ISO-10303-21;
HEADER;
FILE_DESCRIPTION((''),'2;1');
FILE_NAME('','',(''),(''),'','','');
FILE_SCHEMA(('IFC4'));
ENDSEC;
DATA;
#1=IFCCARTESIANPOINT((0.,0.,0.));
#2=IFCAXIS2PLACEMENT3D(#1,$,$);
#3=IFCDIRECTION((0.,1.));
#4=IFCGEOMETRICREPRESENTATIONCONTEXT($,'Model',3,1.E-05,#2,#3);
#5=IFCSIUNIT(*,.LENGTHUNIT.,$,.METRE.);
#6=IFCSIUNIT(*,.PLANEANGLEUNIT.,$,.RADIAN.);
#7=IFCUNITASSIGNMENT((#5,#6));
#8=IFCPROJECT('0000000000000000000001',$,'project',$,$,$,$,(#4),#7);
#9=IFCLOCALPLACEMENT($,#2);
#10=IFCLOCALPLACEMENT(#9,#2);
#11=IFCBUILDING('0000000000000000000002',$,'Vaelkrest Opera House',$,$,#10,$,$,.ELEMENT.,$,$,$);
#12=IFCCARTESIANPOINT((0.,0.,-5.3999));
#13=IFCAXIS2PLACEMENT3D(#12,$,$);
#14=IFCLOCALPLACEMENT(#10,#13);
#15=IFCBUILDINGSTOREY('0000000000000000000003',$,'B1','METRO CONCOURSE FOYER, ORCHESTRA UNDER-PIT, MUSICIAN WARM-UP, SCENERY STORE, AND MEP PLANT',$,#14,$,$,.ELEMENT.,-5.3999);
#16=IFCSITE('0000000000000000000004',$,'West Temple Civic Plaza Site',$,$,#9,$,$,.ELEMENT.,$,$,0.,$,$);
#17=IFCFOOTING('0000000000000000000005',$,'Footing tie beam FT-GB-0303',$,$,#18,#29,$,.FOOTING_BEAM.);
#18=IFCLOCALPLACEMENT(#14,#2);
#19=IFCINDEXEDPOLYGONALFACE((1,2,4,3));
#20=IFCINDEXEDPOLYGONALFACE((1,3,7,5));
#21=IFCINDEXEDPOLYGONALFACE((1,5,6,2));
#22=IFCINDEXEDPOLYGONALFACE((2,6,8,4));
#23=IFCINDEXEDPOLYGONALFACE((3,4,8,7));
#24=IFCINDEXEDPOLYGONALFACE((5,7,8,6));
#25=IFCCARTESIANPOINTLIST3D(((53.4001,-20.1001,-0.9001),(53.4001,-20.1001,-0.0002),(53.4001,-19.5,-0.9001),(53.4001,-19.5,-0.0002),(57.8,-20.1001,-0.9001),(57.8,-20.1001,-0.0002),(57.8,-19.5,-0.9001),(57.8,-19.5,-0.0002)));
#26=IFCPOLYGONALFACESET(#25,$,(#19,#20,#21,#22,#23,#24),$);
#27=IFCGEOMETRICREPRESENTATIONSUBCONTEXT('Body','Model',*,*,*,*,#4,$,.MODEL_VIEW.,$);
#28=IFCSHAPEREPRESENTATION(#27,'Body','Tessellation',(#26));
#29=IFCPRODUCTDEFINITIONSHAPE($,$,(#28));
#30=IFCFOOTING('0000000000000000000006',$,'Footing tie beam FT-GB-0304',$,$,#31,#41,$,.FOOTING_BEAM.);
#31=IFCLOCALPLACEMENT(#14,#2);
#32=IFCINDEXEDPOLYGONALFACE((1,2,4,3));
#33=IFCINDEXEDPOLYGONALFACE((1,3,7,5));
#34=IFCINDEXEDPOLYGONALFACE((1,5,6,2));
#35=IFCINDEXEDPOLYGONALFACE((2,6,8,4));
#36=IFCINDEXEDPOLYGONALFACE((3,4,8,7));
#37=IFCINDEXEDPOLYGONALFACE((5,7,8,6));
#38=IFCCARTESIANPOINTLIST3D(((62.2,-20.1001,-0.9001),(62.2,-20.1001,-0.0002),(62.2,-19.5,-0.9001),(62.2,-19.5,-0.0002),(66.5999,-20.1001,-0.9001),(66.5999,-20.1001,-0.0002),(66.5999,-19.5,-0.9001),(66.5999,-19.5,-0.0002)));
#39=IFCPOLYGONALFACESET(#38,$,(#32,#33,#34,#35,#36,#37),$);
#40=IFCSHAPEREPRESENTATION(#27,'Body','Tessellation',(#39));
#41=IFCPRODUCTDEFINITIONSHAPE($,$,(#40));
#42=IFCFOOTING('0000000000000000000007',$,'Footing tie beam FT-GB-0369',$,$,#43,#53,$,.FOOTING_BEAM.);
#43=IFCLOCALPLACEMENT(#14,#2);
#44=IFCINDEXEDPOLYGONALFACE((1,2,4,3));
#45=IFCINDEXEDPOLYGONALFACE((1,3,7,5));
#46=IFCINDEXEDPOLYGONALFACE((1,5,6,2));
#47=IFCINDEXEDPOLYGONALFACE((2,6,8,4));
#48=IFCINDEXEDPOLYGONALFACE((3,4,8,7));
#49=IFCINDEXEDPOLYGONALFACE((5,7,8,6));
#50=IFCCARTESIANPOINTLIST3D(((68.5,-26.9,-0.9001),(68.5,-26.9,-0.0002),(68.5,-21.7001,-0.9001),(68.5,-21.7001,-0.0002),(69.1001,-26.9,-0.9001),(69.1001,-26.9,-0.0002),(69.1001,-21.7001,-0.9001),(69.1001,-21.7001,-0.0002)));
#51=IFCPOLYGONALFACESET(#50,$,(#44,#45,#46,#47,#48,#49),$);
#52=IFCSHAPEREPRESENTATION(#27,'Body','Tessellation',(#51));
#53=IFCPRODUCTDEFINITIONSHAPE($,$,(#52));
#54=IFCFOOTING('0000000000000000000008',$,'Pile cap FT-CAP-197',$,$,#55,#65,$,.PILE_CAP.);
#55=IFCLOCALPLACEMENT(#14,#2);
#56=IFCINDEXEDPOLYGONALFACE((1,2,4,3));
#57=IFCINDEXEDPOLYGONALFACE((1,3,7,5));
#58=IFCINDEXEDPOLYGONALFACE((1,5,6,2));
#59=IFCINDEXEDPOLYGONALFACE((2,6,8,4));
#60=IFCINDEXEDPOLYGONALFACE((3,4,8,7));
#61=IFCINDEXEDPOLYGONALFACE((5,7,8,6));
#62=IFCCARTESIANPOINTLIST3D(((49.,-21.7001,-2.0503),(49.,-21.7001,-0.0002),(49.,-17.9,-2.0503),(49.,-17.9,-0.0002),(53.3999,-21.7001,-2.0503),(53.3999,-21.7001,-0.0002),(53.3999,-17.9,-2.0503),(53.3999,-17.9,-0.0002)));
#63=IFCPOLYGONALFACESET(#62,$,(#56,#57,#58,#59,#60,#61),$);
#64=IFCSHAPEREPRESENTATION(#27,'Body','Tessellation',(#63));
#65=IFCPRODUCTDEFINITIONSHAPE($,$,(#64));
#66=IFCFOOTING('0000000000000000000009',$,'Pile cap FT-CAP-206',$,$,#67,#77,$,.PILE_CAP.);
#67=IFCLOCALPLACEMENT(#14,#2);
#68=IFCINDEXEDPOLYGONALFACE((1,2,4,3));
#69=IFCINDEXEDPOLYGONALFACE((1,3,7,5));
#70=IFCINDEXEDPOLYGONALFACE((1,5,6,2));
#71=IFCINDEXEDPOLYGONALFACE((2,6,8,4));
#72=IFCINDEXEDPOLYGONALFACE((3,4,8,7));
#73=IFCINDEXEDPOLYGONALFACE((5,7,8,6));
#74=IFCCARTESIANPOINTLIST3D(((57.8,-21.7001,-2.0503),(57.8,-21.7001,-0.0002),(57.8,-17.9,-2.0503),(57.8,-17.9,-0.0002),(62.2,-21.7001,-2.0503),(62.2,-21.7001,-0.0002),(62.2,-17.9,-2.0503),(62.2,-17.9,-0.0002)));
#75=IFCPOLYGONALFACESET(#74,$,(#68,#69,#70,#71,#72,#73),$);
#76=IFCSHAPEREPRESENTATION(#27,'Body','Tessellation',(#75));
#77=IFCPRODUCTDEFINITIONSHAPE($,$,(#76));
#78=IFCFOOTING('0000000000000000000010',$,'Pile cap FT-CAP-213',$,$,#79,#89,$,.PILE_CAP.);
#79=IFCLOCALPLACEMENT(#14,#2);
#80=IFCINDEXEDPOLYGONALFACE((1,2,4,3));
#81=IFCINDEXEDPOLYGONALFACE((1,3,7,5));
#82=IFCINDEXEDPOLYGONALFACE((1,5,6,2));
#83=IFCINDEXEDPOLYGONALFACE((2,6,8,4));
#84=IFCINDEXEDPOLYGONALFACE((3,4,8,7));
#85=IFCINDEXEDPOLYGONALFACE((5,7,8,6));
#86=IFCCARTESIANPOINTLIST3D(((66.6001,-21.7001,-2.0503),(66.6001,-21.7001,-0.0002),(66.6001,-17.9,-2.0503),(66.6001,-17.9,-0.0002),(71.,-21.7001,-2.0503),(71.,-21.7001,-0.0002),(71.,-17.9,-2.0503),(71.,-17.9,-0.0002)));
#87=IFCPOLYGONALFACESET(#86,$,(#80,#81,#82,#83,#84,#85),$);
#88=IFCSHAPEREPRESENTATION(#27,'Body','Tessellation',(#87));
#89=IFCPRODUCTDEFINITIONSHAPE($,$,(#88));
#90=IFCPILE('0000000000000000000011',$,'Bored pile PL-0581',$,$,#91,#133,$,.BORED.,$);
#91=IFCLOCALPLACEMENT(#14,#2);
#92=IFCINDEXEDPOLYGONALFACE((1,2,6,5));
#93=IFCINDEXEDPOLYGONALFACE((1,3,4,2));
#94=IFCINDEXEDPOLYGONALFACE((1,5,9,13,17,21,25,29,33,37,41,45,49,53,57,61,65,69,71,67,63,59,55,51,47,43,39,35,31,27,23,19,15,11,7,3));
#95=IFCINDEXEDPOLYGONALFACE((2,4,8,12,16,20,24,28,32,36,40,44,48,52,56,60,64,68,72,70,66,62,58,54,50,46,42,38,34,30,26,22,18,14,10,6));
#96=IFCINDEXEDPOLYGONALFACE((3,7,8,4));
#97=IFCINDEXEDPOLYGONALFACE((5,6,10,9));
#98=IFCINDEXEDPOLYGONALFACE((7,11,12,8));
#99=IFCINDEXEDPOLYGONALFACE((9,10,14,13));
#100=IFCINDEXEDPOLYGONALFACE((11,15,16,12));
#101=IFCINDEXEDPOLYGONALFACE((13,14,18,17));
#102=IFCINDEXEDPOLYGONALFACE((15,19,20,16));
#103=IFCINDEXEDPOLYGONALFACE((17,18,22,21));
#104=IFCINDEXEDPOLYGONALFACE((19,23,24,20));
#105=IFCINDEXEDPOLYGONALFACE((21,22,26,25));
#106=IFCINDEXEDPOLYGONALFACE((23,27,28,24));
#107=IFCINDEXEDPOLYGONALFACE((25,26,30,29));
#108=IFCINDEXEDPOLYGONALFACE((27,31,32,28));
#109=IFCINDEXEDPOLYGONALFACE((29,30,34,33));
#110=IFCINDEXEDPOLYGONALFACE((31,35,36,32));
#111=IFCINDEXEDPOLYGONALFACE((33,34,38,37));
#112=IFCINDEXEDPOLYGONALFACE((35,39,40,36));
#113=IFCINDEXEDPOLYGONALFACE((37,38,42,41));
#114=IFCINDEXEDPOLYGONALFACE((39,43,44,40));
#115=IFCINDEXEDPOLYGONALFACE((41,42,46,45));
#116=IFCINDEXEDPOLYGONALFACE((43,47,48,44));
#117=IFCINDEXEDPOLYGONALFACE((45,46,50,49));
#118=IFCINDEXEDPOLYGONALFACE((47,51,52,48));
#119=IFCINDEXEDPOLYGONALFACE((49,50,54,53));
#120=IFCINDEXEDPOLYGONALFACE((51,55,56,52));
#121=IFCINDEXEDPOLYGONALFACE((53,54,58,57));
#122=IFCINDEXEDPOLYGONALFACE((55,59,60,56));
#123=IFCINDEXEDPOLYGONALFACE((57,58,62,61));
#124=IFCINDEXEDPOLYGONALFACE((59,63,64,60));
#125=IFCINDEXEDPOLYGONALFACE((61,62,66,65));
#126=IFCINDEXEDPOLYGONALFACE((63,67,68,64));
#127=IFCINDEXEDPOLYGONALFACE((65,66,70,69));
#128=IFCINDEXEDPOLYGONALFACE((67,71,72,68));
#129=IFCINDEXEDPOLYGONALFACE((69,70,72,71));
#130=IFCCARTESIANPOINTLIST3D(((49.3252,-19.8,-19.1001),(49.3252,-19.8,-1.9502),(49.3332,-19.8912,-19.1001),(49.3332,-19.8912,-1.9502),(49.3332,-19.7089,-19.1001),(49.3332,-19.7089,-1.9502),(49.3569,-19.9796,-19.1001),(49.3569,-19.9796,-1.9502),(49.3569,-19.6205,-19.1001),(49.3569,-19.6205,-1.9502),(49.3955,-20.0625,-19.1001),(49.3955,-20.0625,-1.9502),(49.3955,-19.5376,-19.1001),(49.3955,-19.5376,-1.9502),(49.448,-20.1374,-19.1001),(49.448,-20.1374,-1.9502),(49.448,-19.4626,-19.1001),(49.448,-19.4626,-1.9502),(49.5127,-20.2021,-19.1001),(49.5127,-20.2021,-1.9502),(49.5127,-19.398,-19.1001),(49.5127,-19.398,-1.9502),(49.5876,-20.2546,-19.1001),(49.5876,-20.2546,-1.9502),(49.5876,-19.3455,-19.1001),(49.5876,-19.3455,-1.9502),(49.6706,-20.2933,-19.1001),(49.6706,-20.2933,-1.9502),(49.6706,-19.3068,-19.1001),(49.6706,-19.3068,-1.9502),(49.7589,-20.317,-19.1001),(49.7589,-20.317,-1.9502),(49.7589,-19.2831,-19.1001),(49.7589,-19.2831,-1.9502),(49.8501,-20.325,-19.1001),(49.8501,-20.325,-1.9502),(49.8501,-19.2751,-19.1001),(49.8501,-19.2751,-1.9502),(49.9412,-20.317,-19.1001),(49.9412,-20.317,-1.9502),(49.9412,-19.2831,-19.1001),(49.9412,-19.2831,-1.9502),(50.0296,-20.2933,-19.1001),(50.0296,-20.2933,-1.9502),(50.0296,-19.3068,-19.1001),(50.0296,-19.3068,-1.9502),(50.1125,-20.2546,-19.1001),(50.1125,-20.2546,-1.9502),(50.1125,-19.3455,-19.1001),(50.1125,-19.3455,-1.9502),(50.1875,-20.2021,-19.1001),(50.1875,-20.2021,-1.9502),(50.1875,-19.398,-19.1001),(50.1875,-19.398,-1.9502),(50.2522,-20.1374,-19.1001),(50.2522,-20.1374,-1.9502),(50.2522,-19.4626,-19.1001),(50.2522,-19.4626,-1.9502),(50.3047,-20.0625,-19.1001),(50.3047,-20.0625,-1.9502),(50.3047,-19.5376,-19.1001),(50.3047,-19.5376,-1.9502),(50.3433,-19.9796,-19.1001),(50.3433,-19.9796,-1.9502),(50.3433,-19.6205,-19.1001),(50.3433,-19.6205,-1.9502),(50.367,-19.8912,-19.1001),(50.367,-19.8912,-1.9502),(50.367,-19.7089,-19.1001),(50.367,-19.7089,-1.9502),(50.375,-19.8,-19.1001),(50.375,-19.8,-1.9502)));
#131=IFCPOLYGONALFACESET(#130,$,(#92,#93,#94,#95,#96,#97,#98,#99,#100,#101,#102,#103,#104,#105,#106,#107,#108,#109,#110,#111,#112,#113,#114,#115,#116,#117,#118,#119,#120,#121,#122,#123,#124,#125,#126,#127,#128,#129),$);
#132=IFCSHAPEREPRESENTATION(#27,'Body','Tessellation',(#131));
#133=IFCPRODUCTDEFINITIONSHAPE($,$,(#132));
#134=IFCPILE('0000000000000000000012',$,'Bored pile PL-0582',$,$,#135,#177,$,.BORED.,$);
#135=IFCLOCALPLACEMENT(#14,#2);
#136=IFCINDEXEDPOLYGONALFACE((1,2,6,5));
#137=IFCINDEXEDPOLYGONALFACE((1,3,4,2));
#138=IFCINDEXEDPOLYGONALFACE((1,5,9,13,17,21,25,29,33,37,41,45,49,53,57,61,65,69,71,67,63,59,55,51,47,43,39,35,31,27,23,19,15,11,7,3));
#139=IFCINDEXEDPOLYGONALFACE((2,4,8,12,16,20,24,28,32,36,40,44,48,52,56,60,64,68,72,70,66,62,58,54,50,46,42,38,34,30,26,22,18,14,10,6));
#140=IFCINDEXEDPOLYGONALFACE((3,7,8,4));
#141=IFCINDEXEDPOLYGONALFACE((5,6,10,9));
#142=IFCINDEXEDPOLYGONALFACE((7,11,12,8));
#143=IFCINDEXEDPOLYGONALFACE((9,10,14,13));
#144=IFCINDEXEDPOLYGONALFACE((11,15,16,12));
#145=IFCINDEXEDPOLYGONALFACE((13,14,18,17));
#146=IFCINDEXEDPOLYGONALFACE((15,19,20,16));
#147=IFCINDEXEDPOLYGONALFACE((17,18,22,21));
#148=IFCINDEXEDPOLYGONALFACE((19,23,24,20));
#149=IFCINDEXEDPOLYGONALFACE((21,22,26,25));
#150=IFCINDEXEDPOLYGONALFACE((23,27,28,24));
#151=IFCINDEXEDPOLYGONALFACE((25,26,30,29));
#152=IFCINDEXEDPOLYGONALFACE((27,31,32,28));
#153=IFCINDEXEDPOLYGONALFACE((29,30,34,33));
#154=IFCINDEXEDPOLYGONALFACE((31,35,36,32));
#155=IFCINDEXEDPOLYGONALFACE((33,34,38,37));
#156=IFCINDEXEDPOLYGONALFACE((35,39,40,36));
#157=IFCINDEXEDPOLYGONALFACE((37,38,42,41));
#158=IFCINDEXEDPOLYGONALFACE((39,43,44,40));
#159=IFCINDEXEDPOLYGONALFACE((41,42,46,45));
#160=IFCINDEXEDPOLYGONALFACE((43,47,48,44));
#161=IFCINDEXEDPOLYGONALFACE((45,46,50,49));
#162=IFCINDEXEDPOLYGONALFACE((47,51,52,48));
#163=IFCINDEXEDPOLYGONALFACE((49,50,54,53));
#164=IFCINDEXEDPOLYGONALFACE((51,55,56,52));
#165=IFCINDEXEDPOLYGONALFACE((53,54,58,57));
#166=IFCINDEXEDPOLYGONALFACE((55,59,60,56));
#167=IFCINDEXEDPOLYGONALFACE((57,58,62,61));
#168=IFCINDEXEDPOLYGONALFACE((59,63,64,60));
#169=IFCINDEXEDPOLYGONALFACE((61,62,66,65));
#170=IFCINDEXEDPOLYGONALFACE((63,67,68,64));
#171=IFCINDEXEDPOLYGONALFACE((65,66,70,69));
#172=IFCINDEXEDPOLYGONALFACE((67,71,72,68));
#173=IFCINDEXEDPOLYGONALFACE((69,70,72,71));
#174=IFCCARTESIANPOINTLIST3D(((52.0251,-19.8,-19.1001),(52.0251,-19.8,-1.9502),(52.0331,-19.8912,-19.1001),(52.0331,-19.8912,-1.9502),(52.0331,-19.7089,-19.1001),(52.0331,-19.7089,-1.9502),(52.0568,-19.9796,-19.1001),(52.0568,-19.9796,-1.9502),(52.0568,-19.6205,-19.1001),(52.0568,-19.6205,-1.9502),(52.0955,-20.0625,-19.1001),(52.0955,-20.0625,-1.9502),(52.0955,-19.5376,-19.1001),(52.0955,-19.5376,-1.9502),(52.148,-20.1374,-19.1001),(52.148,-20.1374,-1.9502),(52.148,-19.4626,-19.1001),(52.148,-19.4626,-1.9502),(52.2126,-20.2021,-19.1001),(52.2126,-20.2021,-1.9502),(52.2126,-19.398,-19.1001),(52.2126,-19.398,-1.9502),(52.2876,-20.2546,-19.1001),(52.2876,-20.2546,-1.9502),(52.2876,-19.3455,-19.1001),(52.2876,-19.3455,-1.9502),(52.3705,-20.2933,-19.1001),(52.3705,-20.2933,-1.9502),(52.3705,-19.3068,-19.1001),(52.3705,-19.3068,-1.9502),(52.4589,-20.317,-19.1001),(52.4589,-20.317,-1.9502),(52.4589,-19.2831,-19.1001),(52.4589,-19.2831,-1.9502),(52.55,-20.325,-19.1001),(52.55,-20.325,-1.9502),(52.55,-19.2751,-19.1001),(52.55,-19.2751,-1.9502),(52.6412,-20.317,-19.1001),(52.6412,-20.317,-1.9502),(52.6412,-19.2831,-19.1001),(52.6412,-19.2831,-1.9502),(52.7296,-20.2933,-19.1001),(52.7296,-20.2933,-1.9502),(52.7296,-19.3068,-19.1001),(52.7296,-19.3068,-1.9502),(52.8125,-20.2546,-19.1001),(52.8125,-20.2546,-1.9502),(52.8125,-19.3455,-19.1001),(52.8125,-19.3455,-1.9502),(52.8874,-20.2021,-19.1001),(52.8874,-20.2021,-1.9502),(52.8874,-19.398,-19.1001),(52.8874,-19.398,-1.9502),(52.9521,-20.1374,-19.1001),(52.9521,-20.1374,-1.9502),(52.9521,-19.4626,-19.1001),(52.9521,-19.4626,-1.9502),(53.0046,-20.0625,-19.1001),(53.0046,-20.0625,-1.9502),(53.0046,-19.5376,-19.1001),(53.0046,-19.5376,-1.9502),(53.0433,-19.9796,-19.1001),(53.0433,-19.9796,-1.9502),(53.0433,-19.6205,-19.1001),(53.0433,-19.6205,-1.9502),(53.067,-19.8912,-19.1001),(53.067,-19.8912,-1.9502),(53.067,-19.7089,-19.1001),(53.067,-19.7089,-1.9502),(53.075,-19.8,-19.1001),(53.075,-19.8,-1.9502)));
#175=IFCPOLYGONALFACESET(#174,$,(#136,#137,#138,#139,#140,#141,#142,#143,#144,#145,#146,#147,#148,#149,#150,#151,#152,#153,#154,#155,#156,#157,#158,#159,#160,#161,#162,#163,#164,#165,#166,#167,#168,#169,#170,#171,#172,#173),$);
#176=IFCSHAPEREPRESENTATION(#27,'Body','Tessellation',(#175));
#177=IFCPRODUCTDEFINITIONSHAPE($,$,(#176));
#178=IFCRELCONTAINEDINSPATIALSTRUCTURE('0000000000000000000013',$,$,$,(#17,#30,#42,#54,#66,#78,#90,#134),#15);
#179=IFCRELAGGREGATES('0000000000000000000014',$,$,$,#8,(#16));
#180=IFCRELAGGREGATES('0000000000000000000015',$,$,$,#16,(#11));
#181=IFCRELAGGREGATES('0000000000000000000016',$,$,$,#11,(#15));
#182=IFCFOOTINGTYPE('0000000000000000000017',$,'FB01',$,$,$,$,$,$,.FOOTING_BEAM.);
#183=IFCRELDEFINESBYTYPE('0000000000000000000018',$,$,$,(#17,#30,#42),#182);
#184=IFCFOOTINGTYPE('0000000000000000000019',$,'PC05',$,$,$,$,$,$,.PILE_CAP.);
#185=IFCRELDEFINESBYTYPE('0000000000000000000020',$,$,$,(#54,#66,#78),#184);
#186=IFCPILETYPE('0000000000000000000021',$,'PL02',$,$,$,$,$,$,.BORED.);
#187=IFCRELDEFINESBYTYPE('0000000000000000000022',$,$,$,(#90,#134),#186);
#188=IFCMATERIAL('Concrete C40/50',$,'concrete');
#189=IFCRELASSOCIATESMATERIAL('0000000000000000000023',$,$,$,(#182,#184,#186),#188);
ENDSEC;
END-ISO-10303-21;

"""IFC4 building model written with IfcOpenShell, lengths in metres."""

from ifc_helpers import new_model, si_unit, direction, frame, origin, origin_2d, place, context, subcontext, project, spatial, rectangle, circle, extrude, material, material_profile, profile_set, type_object, element, save


model = new_model("IFC4")

# Units and contexts
model_context = context("Model", 3, precision=1e-05, world=origin(), true_north=direction((0.0, 1.0)))
body_context = subcontext(model_context, "Body", "Model", "MODEL_VIEW")
ifc_project = project(units=[si_unit("LENGTHUNIT", "METRE"), si_unit("PLANEANGLEUNIT", "RADIAN")], contexts=[model_context])

# Site, building, storey
site_placement = place(None, origin())
site = spatial("IfcSite", under=ifc_project, at=site_placement, Name="West Temple Civic Plaza Site", CompositionType="ELEMENT", RefElevation=0.0)
building_placement = place(site_placement, origin())
building = spatial("IfcBuilding", under=site, at=building_placement, Name="Vaelkrest Opera House", CompositionType="ELEMENT")
storey_placement = place(building_placement, frame((0.0, 0.0, -5.3999)))
storey = spatial("IfcBuildingStorey", under=building, at=storey_placement, Name="B1", Description="METRO CONCOURSE FOYER, ORCHESTRA UNDER-PIT, MUSICIAN WARM-UP, SCENERY STORE, AND MEP PLANT", CompositionType="ELEMENT", Elevation=-5.3999)

# Footings
ifc_material_1 = material(Name="Concrete C40/50", Category="concrete")
footing_type_1 = type_object("IfcFootingType", Name="FB01", PredefinedType="FOOTING_BEAM", material=ifc_material_1)
for number, where, z_axis, x_axis, name in (
    (1, (55.6001, -19.8, -0.9001), (0.0, 0.0, 1.0), (1.0, 0.0, 0.0), "Footing tie beam FT-GB-0303"),
    (2, (64.3999, -19.8, -0.9001), (0.0, 0.0, 1.0), (1.0, 0.0, 0.0), "Footing tie beam FT-GB-0304"),
):
    element("IfcFooting", number, at=place(storey_placement, frame(where, z_axis=z_axis, x_axis=x_axis)), inside=storey, type_object=footing_type_1, Name=name, PredefinedType="FOOTING_BEAM", context=body_context, shape_type="SweptSolid", body=[
        extrude(rectangle(XDim=4.3999, YDim=0.6001, at=origin_2d()), origin(), (0.0, 0.0, 1.0), 0.8999),
    ])
footing_placement = place(storey_placement, frame((68.8, -24.3, -0.9001), z_axis=(0.0, 0.0, 1.0), x_axis=(0.0, 1.0, 0.0)))
element("IfcFooting", 3, at=footing_placement, inside=storey, type_object=footing_type_1, Name="Footing tie beam FT-GB-0369", PredefinedType="FOOTING_BEAM", context=body_context, shape_type="SweptSolid", body=[
    extrude(rectangle(XDim=5.2, YDim=0.6001, at=origin_2d()), origin(), (0.0, 0.0, 1.0), 0.8999),
])
footing_type_2 = type_object("IfcFootingType", Name="PC05", PredefinedType="PILE_CAP", material=ifc_material_1)
for number, where, z_axis, x_axis, name in (
    (4, (51.2, -19.8, -2.0503), (0.0, 0.0, 1.0), (1.0, 0.0, 0.0), "Pile cap FT-CAP-197"),
    (5, (60.0, -19.8, -2.0503), (0.0, 0.0, 1.0), (1.0, 0.0, 0.0), "Pile cap FT-CAP-206"),
    (6, (68.8, -19.8, -2.0503), (0.0, 0.0, 1.0), (1.0, 0.0, 0.0), "Pile cap FT-CAP-213"),
):
    element("IfcFooting", number, at=place(storey_placement, frame(where, z_axis=z_axis, x_axis=x_axis)), inside=storey, type_object=footing_type_2, Name=name, PredefinedType="PILE_CAP", context=body_context, shape_type="SweptSolid", body=[
        extrude(rectangle(XDim=4.3999, YDim=3.8, at=origin_2d()), origin(), (0.0, 0.0, 1.0), 2.05),
    ])

# Piles
ifc_material_profile_1 = material_profile(ifc_material_1, circle(Radius=0.5249, at=origin_2d()), Name="PILE1050")
ifc_profile_set_1 = profile_set([ifc_material_profile_1], Name="Concrete C40/50")
pile_type = type_object("IfcPileType", Name="PL02", PredefinedType="BORED", material=ifc_profile_set_1)
for number, where, z_axis, x_axis, name in (
    (7, (49.8501, -19.8, -1.9502), (0.0, 0.0, -1.0), (1.0, 0.0, 0.0), "Bored pile PL-0581"),
    (8, (52.55, -19.8, -1.9502), (0.0, 0.0, -1.0), (1.0, 0.0, 0.0), "Bored pile PL-0582"),
):
    element("IfcPile", number, at=place(storey_placement, frame(where, z_axis=z_axis, x_axis=x_axis)), inside=storey, type_object=pile_type, Name=name, PredefinedType="BORED", context=body_context, shape_type="SweptSolid", body=[
        extrude(circle(Radius=0.5249, at=origin_2d()), origin(), (0.0, 0.0, 1.0), 17.1499),
    ])

save(model, "model.ifc")
